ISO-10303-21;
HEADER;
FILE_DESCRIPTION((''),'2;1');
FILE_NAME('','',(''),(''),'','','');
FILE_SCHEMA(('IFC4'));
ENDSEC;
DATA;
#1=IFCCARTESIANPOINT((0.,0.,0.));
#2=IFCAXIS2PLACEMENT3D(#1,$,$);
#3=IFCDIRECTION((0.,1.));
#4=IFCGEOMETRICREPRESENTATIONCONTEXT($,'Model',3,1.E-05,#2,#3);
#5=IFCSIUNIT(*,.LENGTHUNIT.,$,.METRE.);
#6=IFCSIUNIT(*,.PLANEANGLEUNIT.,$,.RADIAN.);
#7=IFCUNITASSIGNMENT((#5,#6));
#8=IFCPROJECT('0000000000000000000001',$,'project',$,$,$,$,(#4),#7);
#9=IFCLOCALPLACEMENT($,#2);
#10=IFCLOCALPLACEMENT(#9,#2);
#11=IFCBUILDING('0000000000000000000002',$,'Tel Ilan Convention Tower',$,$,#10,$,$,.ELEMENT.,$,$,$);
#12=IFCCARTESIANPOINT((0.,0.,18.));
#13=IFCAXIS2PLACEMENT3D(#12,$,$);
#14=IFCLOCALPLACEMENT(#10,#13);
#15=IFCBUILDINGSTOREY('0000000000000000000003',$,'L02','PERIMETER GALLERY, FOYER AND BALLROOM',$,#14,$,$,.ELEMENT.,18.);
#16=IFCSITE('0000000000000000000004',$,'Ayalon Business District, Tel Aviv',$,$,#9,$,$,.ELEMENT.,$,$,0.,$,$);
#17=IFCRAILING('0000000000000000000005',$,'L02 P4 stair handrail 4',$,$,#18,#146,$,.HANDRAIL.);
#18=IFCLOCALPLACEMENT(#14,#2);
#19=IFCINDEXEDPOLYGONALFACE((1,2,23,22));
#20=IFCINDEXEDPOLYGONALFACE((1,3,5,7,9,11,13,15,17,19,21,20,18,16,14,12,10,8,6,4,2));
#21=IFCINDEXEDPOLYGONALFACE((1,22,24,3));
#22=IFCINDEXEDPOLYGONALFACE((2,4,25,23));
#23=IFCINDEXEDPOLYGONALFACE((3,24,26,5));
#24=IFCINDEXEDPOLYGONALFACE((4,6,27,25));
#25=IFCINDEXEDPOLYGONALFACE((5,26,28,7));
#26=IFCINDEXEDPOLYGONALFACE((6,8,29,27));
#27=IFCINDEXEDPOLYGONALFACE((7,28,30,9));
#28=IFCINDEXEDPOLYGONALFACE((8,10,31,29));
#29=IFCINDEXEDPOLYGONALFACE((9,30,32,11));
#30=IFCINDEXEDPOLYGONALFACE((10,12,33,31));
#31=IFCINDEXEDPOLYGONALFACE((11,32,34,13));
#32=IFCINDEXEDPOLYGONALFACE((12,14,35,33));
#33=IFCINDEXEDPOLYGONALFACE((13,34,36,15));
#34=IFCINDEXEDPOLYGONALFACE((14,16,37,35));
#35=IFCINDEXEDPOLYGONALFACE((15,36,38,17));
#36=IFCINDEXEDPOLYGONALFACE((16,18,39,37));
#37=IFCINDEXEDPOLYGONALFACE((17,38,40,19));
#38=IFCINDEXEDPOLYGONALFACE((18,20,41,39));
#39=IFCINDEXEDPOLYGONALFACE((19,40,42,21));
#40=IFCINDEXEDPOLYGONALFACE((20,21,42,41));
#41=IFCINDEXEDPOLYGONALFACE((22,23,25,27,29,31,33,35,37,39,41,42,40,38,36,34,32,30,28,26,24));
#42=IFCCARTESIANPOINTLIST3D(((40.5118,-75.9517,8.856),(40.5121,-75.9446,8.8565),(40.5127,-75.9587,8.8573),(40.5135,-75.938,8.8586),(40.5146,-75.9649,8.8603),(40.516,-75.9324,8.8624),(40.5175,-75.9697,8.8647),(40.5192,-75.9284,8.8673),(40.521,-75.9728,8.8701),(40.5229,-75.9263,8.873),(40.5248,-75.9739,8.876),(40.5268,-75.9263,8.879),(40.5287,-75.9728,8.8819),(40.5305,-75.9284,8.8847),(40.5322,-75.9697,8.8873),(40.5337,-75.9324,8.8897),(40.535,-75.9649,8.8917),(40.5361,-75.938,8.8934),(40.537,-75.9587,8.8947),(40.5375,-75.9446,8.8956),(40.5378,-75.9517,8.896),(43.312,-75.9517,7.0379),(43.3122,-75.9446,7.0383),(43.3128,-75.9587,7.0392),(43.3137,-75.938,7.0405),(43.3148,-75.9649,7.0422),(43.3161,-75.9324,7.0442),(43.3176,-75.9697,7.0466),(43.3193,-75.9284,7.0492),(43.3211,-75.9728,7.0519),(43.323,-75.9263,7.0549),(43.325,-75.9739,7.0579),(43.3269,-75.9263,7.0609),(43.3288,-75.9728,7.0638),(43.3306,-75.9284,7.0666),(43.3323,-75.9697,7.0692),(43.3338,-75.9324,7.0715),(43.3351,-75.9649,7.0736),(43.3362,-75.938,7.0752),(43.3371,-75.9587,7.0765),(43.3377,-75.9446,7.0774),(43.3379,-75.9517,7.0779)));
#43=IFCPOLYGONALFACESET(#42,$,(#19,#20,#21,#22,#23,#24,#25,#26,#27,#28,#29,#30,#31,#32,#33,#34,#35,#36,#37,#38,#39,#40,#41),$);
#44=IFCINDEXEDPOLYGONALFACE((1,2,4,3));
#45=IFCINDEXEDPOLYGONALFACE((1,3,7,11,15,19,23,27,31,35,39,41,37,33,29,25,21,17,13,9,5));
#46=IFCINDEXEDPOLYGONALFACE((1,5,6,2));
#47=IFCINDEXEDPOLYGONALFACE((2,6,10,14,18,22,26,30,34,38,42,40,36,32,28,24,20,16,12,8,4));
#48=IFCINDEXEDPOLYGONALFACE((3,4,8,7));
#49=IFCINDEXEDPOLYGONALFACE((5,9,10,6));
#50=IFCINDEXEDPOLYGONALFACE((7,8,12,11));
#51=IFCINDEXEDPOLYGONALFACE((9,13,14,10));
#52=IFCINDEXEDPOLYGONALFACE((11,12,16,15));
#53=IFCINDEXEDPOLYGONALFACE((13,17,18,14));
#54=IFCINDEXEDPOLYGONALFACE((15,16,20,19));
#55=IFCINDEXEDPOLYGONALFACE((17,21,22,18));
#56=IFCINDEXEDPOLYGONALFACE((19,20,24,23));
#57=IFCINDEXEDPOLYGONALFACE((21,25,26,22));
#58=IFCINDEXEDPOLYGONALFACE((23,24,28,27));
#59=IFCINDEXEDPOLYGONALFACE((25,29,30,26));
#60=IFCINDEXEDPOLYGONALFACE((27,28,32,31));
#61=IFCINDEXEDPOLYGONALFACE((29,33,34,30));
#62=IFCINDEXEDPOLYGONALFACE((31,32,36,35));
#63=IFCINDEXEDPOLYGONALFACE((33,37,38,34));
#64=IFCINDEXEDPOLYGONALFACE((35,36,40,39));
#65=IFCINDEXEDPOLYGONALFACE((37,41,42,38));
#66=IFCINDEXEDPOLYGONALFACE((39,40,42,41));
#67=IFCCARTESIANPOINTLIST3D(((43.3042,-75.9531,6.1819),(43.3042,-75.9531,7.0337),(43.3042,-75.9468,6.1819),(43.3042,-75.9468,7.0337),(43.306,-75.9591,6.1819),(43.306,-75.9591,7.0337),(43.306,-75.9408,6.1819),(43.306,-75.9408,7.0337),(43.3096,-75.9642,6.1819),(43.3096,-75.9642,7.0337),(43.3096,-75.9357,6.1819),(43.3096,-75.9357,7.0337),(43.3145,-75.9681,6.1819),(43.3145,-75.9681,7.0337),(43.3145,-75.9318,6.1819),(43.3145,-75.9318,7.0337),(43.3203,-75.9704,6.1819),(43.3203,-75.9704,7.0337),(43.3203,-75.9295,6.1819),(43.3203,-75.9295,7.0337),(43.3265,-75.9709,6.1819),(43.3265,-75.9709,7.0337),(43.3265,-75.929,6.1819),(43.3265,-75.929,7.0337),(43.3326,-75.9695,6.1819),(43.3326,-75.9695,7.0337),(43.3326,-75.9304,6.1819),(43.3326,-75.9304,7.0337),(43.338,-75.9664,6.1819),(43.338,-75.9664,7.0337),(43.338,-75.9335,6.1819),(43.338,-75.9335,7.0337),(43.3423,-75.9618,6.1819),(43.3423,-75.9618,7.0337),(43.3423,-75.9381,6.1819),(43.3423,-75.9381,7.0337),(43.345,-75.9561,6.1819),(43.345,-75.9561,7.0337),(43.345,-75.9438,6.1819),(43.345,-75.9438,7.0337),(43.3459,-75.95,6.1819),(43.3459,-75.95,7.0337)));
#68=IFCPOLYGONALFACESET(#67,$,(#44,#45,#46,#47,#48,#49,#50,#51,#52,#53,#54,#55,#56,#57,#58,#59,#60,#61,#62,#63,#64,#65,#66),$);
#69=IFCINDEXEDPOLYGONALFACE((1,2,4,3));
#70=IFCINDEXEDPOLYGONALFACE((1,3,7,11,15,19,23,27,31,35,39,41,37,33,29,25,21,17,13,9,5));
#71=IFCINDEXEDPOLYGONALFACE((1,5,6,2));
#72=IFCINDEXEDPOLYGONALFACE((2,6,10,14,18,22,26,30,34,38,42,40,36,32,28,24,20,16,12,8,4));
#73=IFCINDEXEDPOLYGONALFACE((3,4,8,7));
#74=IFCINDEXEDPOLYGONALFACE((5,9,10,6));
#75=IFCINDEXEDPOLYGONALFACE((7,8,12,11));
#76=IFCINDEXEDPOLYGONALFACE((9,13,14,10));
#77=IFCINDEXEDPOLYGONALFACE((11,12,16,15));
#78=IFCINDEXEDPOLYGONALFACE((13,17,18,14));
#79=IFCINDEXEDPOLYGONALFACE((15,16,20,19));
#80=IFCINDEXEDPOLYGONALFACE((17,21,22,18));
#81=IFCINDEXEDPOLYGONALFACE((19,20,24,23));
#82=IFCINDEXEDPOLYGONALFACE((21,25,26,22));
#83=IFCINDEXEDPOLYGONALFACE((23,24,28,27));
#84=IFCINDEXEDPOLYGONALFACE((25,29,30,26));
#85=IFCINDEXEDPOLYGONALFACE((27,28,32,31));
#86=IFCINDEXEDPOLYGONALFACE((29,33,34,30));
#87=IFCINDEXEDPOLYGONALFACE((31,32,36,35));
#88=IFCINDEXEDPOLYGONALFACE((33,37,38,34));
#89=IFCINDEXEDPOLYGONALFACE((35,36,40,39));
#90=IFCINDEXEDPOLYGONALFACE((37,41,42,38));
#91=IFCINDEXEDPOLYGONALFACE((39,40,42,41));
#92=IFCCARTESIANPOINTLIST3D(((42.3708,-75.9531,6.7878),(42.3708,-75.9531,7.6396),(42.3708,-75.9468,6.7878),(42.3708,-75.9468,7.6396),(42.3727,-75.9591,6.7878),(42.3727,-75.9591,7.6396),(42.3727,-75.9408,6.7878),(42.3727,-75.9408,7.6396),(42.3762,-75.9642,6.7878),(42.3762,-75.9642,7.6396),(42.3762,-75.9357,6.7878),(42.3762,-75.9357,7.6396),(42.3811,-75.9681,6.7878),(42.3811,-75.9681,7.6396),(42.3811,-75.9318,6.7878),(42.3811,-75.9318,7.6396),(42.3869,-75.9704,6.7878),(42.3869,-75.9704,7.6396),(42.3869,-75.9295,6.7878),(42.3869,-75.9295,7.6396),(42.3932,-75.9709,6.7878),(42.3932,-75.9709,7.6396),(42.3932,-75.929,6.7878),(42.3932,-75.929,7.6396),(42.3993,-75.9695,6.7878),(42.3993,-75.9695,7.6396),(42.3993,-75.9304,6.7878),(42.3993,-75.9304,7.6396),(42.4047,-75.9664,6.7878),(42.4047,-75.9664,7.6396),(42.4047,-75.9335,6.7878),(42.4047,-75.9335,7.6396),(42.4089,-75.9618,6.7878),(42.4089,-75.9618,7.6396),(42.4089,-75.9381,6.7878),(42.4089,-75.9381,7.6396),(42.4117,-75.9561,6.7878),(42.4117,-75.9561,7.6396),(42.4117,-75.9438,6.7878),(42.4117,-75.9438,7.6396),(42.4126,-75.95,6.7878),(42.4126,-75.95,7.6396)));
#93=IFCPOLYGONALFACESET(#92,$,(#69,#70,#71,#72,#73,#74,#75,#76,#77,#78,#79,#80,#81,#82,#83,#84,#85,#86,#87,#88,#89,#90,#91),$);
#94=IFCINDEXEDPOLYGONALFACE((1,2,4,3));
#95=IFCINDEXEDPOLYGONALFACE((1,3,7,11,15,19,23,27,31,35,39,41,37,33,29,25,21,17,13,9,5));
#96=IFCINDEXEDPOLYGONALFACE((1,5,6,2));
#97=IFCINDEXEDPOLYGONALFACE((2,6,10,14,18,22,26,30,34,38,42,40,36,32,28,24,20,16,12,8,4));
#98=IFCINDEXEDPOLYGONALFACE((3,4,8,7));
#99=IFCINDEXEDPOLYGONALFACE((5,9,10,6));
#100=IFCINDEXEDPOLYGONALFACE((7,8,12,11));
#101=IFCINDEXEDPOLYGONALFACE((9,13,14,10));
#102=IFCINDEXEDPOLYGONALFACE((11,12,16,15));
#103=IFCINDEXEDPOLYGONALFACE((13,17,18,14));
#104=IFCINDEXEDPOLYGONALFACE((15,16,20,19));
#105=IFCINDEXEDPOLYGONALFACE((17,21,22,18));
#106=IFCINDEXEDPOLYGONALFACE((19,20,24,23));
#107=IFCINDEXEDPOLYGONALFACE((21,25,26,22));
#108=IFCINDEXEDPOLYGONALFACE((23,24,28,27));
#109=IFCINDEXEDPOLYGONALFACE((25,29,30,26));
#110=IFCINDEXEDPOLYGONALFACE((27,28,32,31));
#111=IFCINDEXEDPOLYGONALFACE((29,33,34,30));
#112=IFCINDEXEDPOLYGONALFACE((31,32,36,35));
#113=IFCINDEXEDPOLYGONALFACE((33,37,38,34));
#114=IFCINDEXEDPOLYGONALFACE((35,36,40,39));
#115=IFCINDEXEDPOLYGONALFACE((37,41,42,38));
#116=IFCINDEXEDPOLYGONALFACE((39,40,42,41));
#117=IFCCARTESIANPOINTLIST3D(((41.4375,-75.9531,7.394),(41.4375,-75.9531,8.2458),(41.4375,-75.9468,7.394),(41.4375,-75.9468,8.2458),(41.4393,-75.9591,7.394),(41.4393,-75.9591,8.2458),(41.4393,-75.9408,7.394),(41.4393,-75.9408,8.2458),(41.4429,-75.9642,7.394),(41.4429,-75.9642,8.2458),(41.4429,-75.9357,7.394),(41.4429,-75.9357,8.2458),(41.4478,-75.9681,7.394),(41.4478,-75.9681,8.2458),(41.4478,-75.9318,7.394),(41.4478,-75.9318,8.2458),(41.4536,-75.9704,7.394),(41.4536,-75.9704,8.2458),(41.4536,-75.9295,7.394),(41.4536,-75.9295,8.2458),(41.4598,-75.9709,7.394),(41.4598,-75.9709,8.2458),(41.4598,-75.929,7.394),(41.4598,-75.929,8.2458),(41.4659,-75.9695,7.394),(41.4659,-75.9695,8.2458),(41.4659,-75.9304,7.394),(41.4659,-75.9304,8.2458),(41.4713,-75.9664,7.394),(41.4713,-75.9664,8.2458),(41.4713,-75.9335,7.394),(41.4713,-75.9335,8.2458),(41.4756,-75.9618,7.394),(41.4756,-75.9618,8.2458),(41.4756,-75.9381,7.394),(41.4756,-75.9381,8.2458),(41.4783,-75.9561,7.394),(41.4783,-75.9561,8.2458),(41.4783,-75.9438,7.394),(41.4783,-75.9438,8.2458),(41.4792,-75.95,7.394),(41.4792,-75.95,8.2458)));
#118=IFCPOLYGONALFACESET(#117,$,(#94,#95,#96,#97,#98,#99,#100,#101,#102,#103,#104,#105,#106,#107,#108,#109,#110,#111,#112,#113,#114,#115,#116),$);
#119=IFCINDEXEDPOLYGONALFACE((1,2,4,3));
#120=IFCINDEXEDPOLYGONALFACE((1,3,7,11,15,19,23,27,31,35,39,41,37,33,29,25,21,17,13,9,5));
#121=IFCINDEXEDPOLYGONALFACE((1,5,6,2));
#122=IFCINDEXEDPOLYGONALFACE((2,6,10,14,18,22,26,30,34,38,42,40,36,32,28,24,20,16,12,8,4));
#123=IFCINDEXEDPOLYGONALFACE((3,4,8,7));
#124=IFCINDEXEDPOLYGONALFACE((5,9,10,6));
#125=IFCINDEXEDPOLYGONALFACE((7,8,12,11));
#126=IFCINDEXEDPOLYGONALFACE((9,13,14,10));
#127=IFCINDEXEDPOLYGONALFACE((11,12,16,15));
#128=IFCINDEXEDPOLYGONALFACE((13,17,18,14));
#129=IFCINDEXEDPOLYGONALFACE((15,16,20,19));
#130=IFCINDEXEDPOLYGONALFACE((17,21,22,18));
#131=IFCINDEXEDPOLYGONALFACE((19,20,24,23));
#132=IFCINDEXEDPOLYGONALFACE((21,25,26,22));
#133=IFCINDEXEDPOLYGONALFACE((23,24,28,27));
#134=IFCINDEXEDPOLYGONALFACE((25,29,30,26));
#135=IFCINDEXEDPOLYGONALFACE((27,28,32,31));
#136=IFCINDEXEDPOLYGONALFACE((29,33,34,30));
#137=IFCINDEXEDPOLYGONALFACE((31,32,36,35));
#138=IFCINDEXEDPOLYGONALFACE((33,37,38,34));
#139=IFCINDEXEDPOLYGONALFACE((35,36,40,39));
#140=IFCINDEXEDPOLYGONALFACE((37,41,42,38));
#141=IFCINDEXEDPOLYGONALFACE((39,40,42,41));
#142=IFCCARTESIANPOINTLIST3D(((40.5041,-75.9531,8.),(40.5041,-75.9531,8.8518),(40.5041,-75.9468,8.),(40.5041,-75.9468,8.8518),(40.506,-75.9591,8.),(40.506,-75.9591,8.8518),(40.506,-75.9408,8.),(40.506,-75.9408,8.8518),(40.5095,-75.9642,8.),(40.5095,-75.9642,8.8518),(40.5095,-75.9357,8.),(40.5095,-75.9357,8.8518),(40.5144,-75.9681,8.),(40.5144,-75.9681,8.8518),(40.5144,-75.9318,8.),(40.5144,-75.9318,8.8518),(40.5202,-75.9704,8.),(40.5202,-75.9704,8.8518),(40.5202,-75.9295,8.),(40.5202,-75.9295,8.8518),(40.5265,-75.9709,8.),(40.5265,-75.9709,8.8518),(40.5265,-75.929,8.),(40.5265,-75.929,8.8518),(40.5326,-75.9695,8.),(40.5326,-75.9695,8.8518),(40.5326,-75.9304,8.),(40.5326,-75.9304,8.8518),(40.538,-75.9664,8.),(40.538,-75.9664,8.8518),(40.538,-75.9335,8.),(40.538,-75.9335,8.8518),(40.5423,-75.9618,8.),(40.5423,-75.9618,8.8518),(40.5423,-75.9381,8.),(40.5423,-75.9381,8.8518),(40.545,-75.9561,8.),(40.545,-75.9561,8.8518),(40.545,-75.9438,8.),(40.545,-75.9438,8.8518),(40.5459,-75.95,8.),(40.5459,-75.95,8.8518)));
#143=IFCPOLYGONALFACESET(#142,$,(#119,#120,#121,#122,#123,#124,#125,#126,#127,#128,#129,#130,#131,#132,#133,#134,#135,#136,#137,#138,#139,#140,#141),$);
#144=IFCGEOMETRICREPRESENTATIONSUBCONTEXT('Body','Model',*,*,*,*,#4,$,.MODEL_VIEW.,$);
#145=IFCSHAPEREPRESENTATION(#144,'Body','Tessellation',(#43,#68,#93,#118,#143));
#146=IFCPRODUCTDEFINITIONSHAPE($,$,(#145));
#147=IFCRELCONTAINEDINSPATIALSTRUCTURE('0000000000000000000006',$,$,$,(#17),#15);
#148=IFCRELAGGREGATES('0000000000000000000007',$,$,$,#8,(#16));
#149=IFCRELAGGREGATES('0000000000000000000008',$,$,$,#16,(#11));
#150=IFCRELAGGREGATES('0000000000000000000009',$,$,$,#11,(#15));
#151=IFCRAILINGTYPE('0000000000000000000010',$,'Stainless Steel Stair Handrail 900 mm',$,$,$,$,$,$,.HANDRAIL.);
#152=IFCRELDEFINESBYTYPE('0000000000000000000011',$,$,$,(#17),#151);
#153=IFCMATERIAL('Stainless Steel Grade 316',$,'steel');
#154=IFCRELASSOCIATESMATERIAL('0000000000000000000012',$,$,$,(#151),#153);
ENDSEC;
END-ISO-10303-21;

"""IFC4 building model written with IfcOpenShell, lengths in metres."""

from ifc_helpers import new_model, si_unit, direction, frame, origin, origin_2d, place, context, subcontext, project, spatial, circle, extrude, material, type_object, element, save


model = new_model("IFC4")

# Units and contexts
model_context = context("Model", 3, precision=1e-05, world=origin(), true_north=direction((0.0, 1.0)))
body_context = subcontext(model_context, "Body", "Model", "MODEL_VIEW")
ifc_project = project(units=[si_unit("LENGTHUNIT", "METRE"), si_unit("PLANEANGLEUNIT", "RADIAN")], contexts=[model_context])

# Site, building, storey
site_placement = place(None, origin())
site = spatial("IfcSite", under=ifc_project, at=site_placement, Name="Ayalon Business District, Tel Aviv", CompositionType="ELEMENT", RefElevation=0.0)
building_placement = place(site_placement, origin())
building = spatial("IfcBuilding", under=site, at=building_placement, Name="Tel Ilan Convention Tower", CompositionType="ELEMENT")
storey_placement = place(building_placement, frame((0.0, 0.0, 18.0)))
storey = spatial("IfcBuildingStorey", under=building, at=storey_placement, Name="L02", Description="PERIMETER GALLERY, FOYER AND BALLROOM", CompositionType="ELEMENT", Elevation=18.0)

# Railing
ifc_material_1 = material(Name="Stainless Steel Grade 316", Category="steel")
railing_type_1 = type_object("IfcRailingType", Name="Stainless Steel Stair Handrail 900 mm", PredefinedType="HANDRAIL", material=ifc_material_1)
railing_1_placement = place(storey_placement, frame((43.325, -75.95, 6.1819)))
element("IfcRailing", 1, at=railing_1_placement, inside=storey, type_object=railing_type_1, Name="L02 P4 stair handrail 4", PredefinedType="HANDRAIL", context=body_context, shape_type="SweptSolid", body=[
    extrude(circle(Radius=0.0239, at=origin_2d()), frame((0.0, 0.0, 0.876), z_axis=(-0.838706, 0.0, 0.544585), x_axis=(0.0, -1.0, 0.0)), (0.0, 0.0, 1.0), 3.3386),
    extrude(circle(Radius=0.021, at=origin_2d()), origin(), (0.0, 0.0, 1.0), 0.8518),
    extrude(circle(Radius=0.021, at=origin_2d()), frame((-0.9333, 0.0, 0.606)), (0.0, 0.0, 1.0), 0.8518),
    extrude(circle(Radius=0.021, at=origin_2d()), frame((-1.8667, 0.0, 1.2122)), (0.0, 0.0, 1.0), 0.8518),
    extrude(circle(Radius=0.021, at=origin_2d()), frame((-2.8, 0.0, 1.8181)), (0.0, 0.0, 1.0), 0.8518),
])

save(model, "model.ifc")
